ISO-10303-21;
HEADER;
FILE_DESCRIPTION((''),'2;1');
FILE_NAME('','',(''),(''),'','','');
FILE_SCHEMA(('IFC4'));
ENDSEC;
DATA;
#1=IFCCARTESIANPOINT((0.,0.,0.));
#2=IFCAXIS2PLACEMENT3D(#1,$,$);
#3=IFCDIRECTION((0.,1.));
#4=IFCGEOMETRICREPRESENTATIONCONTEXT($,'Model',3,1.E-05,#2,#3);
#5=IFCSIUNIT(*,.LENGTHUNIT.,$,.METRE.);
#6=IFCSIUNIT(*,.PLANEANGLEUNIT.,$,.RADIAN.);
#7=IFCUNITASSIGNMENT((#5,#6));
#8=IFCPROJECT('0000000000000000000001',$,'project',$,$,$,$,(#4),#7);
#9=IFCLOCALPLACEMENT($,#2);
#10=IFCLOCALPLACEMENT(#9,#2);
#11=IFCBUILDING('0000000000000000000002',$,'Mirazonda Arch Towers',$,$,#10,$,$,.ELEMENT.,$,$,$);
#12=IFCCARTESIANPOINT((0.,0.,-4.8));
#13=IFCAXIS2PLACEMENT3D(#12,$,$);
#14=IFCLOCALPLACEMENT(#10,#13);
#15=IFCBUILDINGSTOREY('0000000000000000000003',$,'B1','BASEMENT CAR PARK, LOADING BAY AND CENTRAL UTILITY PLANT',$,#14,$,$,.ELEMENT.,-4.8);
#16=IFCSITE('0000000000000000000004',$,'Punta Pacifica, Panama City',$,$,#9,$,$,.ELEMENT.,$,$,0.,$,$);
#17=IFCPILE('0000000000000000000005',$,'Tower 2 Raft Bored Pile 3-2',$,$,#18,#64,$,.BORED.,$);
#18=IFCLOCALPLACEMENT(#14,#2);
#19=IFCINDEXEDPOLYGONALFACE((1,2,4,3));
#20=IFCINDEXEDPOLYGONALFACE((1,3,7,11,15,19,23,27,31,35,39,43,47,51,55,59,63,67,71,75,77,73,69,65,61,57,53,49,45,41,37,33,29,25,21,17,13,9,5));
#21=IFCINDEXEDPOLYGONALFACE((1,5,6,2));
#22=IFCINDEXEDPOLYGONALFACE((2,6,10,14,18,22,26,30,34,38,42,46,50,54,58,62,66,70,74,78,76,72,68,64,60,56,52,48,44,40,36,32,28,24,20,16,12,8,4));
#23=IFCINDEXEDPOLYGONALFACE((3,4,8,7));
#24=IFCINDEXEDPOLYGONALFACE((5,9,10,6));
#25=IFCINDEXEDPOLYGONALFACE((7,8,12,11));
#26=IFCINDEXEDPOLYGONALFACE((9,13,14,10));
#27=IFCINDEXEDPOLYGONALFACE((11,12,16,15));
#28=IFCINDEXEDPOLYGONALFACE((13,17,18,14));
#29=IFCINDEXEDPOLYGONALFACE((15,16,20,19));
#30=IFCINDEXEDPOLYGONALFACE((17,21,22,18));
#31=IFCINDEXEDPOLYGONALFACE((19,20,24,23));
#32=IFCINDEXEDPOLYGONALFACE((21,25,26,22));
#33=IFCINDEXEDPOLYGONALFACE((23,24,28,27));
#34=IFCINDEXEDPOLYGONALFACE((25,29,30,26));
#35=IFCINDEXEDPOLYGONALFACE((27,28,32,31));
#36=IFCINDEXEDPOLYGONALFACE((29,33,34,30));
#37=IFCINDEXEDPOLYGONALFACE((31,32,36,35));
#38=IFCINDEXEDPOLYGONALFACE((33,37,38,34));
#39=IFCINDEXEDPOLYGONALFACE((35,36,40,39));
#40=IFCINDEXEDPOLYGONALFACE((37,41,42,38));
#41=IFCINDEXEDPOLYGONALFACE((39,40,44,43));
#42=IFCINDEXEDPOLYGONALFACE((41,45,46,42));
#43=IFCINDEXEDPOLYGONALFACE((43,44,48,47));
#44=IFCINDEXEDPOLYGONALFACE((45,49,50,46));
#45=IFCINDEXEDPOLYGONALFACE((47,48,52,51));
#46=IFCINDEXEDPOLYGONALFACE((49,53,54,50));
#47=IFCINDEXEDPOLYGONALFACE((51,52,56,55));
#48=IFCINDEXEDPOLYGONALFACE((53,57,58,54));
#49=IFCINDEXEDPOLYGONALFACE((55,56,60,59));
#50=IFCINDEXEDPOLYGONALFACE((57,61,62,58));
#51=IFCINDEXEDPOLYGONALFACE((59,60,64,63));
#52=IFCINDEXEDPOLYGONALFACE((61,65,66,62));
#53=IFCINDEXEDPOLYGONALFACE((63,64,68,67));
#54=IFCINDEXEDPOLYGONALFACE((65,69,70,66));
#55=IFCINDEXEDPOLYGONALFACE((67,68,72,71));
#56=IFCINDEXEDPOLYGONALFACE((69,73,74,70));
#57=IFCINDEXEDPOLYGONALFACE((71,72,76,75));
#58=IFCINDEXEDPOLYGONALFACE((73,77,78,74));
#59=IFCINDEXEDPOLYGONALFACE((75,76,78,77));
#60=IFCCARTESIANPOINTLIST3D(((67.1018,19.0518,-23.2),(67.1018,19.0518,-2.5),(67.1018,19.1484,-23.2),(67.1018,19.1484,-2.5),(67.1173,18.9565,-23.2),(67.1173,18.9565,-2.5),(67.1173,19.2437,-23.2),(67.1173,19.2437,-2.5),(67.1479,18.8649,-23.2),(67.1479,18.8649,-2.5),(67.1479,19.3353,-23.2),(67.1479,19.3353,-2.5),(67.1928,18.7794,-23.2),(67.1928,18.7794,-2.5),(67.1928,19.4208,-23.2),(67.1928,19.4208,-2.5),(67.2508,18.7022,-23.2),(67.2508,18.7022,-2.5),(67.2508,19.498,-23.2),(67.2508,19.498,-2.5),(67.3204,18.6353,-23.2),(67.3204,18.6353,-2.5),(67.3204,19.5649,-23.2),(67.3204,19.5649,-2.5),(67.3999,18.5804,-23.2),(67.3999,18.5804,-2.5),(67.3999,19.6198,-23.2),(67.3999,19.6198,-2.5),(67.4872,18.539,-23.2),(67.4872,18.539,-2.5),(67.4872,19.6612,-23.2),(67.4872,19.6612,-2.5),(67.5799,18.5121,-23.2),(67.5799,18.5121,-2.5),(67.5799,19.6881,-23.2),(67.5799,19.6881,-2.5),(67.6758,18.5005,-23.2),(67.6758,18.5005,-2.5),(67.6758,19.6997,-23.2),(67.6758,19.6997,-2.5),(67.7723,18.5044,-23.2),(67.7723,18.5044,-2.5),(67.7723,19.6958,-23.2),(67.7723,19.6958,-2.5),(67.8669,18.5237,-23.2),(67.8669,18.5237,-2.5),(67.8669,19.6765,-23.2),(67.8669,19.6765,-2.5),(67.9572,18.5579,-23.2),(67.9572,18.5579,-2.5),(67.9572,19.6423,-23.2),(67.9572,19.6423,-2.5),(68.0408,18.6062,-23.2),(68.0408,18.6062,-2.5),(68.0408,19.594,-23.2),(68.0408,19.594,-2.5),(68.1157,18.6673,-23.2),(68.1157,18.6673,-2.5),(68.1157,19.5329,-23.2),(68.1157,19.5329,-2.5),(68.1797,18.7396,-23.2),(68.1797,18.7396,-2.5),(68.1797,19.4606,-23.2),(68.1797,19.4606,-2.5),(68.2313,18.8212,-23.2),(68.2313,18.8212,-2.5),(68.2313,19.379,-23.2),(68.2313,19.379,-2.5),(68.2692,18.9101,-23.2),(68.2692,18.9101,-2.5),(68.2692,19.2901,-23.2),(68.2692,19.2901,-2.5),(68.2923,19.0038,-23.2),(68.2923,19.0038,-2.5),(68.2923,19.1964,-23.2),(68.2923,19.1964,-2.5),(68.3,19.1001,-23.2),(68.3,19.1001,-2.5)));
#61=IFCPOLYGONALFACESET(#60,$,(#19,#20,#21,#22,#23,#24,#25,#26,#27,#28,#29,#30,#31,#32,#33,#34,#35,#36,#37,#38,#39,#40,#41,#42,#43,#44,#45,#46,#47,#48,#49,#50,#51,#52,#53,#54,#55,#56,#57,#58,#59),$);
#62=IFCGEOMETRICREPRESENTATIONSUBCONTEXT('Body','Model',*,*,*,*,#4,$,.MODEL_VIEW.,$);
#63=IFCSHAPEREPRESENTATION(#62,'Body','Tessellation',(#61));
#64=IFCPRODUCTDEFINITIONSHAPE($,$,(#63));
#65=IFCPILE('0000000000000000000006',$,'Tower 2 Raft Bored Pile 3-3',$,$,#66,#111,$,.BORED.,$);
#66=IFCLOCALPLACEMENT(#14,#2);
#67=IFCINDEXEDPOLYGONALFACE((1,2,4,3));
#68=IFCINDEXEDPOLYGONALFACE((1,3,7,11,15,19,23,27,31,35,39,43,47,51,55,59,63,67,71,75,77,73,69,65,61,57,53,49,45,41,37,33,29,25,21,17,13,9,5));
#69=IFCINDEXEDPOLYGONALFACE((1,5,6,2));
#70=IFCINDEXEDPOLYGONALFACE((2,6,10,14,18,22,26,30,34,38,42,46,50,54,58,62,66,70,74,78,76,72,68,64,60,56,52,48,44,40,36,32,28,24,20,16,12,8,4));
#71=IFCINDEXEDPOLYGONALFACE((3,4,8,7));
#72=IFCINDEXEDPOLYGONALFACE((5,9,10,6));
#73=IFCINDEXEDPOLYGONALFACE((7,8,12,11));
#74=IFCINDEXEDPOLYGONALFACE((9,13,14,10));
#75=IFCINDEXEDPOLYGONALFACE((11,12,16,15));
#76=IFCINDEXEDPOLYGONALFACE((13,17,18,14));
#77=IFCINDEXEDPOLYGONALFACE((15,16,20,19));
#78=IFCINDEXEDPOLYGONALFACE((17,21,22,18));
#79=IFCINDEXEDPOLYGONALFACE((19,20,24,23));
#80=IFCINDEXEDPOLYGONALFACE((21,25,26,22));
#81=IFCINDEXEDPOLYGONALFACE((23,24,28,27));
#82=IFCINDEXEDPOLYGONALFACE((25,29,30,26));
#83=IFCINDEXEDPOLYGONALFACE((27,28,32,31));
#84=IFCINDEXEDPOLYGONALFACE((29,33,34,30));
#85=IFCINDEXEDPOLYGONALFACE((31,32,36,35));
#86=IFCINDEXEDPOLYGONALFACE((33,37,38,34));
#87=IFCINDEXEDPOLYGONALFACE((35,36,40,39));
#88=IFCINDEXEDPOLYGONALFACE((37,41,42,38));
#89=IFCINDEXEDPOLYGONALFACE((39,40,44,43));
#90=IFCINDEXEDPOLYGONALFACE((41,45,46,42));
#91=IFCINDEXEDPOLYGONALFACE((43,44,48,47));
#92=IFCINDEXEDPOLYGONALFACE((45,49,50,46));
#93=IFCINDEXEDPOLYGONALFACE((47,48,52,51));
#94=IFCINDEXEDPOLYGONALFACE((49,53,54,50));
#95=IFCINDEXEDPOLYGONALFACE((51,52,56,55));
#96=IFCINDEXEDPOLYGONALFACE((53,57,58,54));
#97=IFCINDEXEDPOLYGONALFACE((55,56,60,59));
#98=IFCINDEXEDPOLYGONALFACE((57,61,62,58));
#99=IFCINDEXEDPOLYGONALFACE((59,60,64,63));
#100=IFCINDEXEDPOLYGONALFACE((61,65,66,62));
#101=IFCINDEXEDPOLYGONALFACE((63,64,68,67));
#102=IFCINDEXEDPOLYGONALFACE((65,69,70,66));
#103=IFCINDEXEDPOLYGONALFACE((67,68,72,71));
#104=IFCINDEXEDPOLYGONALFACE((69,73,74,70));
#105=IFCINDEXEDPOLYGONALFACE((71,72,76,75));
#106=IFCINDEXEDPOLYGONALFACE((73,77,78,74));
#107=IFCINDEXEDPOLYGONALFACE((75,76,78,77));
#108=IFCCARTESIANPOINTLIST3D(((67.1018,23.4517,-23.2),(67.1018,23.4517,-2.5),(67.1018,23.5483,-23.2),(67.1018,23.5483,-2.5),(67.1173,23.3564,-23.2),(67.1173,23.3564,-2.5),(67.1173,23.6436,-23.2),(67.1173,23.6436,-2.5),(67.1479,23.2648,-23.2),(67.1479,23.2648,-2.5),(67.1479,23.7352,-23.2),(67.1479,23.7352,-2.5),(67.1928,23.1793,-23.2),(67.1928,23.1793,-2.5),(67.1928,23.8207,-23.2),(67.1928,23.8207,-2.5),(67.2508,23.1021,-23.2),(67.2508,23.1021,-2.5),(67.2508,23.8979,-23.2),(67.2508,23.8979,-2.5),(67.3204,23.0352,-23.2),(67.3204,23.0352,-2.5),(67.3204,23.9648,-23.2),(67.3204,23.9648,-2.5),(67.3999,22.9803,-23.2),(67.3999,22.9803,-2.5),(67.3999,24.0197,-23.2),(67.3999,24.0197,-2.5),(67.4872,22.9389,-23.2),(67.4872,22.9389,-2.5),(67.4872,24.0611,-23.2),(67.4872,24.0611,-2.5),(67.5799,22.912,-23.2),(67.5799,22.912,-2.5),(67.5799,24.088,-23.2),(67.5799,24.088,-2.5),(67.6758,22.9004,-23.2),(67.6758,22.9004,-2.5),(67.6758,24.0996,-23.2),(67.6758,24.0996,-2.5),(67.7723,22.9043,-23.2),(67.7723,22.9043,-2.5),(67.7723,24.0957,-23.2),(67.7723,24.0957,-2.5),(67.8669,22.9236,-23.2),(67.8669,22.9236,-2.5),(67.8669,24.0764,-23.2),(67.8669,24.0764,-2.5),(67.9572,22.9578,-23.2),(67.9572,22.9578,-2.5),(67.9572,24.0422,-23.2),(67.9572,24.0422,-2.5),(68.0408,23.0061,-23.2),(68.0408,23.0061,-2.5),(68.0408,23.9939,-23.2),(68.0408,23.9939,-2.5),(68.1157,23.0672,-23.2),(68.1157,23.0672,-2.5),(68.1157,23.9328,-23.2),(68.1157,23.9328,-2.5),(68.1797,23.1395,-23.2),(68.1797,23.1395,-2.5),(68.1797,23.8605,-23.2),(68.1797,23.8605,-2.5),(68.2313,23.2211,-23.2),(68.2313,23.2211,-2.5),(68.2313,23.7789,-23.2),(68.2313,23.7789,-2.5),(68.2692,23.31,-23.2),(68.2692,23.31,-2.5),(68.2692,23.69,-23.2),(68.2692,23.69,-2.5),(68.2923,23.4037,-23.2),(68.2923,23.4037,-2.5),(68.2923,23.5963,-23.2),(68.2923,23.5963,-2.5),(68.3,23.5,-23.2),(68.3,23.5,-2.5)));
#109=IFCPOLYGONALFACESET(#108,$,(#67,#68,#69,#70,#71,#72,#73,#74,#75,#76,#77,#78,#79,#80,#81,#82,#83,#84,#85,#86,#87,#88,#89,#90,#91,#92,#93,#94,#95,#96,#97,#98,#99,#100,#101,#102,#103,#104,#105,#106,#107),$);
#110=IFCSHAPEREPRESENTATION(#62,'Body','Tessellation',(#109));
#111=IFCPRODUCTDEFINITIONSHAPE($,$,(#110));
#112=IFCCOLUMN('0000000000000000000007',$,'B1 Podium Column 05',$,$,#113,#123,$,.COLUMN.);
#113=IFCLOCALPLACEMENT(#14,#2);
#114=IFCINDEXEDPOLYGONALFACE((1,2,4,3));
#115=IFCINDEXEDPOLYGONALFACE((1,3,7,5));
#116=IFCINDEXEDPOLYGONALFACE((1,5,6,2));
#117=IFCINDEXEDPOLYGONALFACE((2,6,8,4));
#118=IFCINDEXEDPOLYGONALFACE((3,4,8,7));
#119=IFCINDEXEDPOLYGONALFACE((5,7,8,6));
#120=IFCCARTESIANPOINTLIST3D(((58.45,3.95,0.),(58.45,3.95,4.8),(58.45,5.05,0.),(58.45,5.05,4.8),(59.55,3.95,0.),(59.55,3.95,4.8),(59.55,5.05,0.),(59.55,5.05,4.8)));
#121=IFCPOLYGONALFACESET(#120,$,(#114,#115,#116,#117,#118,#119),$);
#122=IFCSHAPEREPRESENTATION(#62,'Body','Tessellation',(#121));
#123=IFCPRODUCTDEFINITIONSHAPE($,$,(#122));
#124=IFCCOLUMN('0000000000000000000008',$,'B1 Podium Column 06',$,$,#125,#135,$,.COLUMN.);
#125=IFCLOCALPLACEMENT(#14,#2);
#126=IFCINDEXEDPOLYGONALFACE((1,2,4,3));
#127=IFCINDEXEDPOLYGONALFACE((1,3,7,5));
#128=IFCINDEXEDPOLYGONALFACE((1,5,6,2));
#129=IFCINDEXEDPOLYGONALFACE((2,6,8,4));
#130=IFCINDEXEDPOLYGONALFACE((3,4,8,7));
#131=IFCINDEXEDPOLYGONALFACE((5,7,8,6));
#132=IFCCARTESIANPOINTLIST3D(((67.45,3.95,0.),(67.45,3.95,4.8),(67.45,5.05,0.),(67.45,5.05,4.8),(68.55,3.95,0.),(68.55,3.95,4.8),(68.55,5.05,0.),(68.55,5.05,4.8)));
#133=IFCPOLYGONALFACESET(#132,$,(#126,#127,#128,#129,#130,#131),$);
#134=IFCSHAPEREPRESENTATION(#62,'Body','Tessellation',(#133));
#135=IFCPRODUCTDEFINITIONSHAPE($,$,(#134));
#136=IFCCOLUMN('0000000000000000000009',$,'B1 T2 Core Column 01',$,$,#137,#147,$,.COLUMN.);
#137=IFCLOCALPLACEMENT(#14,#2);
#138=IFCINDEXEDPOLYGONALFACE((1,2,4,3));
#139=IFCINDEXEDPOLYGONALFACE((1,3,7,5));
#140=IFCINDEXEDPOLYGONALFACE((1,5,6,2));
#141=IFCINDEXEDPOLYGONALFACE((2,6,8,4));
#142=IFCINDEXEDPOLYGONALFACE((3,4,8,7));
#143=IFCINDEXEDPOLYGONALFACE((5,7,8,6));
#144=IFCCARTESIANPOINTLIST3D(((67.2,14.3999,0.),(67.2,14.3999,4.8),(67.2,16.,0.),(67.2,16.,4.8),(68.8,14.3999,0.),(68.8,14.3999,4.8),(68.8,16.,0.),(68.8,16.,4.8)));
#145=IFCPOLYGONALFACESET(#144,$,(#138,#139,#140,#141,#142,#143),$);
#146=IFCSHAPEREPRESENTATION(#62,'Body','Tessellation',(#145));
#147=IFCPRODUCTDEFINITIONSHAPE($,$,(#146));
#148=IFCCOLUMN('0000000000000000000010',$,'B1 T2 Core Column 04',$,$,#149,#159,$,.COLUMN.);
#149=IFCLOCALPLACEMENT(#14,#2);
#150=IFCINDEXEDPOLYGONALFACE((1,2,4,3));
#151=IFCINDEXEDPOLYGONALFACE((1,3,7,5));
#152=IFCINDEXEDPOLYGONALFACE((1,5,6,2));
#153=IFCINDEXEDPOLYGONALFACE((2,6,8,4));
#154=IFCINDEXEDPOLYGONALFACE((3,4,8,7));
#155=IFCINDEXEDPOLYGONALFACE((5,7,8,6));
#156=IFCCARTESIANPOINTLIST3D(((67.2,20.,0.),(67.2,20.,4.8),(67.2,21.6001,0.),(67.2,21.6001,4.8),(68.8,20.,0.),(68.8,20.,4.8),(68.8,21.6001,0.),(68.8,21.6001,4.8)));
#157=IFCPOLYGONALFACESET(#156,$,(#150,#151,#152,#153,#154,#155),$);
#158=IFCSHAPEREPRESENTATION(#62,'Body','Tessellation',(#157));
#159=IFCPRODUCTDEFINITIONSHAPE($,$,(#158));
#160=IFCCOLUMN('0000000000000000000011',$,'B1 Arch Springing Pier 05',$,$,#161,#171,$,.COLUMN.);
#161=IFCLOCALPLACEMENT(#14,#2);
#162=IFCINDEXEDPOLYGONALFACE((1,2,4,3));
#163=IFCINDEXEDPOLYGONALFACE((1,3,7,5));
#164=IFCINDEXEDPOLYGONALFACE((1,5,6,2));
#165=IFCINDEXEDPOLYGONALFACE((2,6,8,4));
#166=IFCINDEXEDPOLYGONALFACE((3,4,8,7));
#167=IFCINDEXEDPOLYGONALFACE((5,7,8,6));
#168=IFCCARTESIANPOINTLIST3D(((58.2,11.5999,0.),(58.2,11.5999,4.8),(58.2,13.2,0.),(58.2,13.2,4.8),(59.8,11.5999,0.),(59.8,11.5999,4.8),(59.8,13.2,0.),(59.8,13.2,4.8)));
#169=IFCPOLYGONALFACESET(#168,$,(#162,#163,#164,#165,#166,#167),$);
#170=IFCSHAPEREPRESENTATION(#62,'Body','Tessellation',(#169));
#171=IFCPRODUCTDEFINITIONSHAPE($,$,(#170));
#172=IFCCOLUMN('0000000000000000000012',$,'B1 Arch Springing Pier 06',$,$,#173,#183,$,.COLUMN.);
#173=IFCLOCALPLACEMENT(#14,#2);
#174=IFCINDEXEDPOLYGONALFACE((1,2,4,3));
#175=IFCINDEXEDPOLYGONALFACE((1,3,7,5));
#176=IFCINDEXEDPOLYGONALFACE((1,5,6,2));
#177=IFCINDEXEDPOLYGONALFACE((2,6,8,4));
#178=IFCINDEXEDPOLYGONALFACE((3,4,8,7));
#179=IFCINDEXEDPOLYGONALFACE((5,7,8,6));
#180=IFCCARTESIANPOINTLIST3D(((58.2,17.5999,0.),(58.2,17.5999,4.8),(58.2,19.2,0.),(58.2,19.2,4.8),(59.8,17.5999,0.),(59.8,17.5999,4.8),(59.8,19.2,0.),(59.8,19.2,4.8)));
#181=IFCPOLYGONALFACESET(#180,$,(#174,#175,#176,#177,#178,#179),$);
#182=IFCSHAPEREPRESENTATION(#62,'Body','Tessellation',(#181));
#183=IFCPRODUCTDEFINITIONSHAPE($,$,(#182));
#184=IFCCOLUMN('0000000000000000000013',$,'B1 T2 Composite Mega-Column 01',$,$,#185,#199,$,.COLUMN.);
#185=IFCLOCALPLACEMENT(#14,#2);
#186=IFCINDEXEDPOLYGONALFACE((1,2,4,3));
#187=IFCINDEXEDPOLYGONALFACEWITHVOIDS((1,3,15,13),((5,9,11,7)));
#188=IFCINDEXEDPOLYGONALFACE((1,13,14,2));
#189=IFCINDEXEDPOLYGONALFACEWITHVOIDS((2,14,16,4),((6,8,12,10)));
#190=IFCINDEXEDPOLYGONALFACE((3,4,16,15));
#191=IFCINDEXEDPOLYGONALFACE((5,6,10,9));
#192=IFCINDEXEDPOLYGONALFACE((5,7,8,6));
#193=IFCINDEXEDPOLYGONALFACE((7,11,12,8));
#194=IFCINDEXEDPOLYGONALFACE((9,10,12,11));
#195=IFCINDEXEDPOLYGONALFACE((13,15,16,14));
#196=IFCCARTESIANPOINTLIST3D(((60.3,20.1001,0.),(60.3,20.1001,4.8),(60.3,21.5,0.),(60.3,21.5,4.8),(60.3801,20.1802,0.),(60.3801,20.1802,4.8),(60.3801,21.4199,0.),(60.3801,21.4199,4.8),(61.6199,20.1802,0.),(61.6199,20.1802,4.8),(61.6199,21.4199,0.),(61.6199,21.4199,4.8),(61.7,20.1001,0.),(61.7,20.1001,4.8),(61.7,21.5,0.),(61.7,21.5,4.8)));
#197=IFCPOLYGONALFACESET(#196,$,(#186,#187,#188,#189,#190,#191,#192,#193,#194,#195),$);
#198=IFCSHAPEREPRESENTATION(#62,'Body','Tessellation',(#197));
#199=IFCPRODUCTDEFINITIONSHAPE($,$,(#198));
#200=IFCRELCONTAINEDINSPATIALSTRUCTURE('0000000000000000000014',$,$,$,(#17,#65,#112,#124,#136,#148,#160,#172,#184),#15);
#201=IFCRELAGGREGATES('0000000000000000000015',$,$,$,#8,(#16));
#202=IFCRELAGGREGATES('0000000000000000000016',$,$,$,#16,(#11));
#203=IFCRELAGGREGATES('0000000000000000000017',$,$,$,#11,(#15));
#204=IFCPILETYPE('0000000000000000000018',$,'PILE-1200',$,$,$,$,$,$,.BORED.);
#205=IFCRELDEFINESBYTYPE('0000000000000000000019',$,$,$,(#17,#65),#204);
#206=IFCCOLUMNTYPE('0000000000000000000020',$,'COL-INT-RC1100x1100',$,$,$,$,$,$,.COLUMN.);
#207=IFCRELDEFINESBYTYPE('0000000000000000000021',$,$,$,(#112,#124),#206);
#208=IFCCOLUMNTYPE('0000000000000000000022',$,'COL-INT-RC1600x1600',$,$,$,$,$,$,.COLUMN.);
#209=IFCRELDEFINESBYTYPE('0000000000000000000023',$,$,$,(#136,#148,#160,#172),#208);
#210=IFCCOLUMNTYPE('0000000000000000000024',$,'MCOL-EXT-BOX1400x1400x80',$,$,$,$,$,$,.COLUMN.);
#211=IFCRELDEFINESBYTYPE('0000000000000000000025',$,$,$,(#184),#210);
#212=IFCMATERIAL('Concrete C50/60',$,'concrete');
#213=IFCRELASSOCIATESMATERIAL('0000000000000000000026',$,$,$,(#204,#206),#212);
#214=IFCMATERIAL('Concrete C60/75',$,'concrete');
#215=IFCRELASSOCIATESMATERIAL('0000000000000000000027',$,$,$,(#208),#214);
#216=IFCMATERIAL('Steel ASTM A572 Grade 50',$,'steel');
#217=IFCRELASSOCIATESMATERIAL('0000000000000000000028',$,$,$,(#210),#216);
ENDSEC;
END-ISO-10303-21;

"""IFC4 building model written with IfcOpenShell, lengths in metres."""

from ifc_helpers import new_model, si_unit, direction, frame, origin, origin_2d, place, context, subcontext, project, spatial, rectangle, hollow_rectangle, circle, extrude, material, material_profile, profile_set, type_object, element, save


model = new_model("IFC4")

# Units and contexts
model_context = context("Model", 3, precision=1e-05, world=origin(), true_north=direction((0.0, 1.0)))
body_context = subcontext(model_context, "Body", "Model", "MODEL_VIEW")
ifc_project = project(units=[si_unit("LENGTHUNIT", "METRE"), si_unit("PLANEANGLEUNIT", "RADIAN")], contexts=[model_context])

# Site, building, storey
site_placement = place(None, origin())
site = spatial("IfcSite", under=ifc_project, at=site_placement, Name="Punta Pacifica, Panama City", CompositionType="ELEMENT", RefElevation=0.0)
building_placement = place(site_placement, origin())
building = spatial("IfcBuilding", under=site, at=building_placement, Name="Mirazonda Arch Towers", CompositionType="ELEMENT")
storey_placement = place(building_placement, frame((0.0, 0.0, -4.8)))
storey = spatial("IfcBuildingStorey", under=building, at=storey_placement, Name="B1", Description="BASEMENT CAR PARK, LOADING BAY AND CENTRAL UTILITY PLANT", CompositionType="ELEMENT", Elevation=-4.8)

# Piles
ifc_material_1 = material(Name="Concrete C50/60", Category="concrete")
ifc_material_profile_1 = material_profile(ifc_material_1, circle(Radius=0.6001, at=origin_2d()), Name="BORED-D1200")
ifc_profile_set_1 = profile_set([ifc_material_profile_1], Name="Concrete C50/60")
pile_type_1 = type_object("IfcPileType", Name="PILE-1200", PredefinedType="BORED", material=ifc_profile_set_1)
for number, where, z_axis, x_axis, name in (
    (1, (67.7, 19.1001, -2.5), (0.0, 0.0, -1.0), (1.0, 0.0, 0.0), "Tower 2 Raft Bored Pile 3-2"),
    (2, (67.7, 23.5, -2.5), (0.0, 0.0, -1.0), (1.0, 0.0, 0.0), "Tower 2 Raft Bored Pile 3-3"),
):
    element("IfcPile", number, at=place(storey_placement, frame(where, z_axis=z_axis, x_axis=x_axis)), inside=storey, type_object=pile_type_1, Name=name, PredefinedType="BORED", context=body_context, shape_type="SweptSolid", body=[
        extrude(circle(Radius=0.6001, at=origin_2d()), origin(), (0.0, 0.0, 1.0), 20.7),
    ])

# Columns
ifc_material_profile_2 = material_profile(ifc_material_1, rectangle(XDim=1.1001, YDim=1.1001, at=origin_2d()), Name="RC1100x1100")
ifc_profile_set_2 = profile_set([ifc_material_profile_2], Name="Concrete C50/60")
column_type_1 = type_object("IfcColumnType", Name="COL-INT-RC1100x1100", PredefinedType="COLUMN", material=ifc_profile_set_2)
for number, where, z_axis, x_axis, name in (
    (3, (59.0, 4.5, 0.0), (0.0, 0.0, 1.0), (1.0, 0.0, 0.0), "B1 Podium Column 05"),
    (4, (68.0, 4.5, 0.0), (0.0, 0.0, 1.0), (1.0, 0.0, 0.0), "B1 Podium Column 06"),
):
    element("IfcColumn", number, at=place(storey_placement, frame(where, z_axis=z_axis, x_axis=x_axis)), inside=storey, type_object=column_type_1, Name=name, PredefinedType="COLUMN", context=body_context, shape_type="SweptSolid", body=[
        extrude(rectangle(XDim=1.1001, YDim=1.1001, at=origin_2d()), origin(), (0.0, 0.0, 1.0), 4.8),
    ])
ifc_material_2 = material(Name="Concrete C60/75", Category="concrete")
ifc_material_profile_3 = material_profile(ifc_material_2, rectangle(XDim=1.6001, YDim=1.6001, at=origin_2d()), Name="RC1600x1600")
ifc_profile_set_3 = profile_set([ifc_material_profile_3], Name="Concrete C60/75")
column_type_2 = type_object("IfcColumnType", Name="COL-INT-RC1600x1600", PredefinedType="COLUMN", material=ifc_profile_set_3)
for number, where, z_axis, x_axis, name in (
    (5, (68.0, 15.2, 0.0), (0.0, 0.0, 1.0), (1.0, 0.0, 0.0), "B1 T2 Core Column 01"),
    (6, (68.0, 20.8, 0.0), (0.0, 0.0, 1.0), (1.0, 0.0, 0.0), "B1 T2 Core Column 04"),
    (7, (59.0, 12.3999, 0.0), (0.0, 0.0, 1.0), (1.0, 0.0, 0.0), "B1 Arch Springing Pier 05"),
    (8, (59.0, 18.3999, 0.0), (0.0, 0.0, 1.0), (1.0, 0.0, 0.0), "B1 Arch Springing Pier 06"),
):
    element("IfcColumn", number, at=place(storey_placement, frame(where, z_axis=z_axis, x_axis=x_axis)), inside=storey, type_object=column_type_2, Name=name, PredefinedType="COLUMN", context=body_context, shape_type="SweptSolid", body=[
        extrude(rectangle(XDim=1.6001, YDim=1.6001, at=origin_2d()), origin(), (0.0, 0.0, 1.0), 4.8),
    ])
ifc_material_3 = material(Name="Steel ASTM A572 Grade 50", Category="steel")
ifc_material_profile_4 = material_profile(ifc_material_3, hollow_rectangle(XDim=1.3999, YDim=1.3999, WallThickness=0.0801, at=origin_2d()), Name="BOX1400x1400x80")
ifc_profile_set_4 = profile_set([ifc_material_profile_4], Name="Steel ASTM A572 Grade 50")
column_type_3 = type_object("IfcColumnType", Name="MCOL-EXT-BOX1400x1400x80", PredefinedType="COLUMN", material=ifc_profile_set_4)
column_1_placement = place(storey_placement, frame((61.0, 20.8, 0.0), z_axis=(0.0, 0.0, 1.0), x_axis=(1.0, 0.0, 0.0)))
element("IfcColumn", 9, at=column_1_placement, inside=storey, type_object=column_type_3, Name="B1 T2 Composite Mega-Column 01", PredefinedType="COLUMN", context=body_context, shape_type="SweptSolid", body=[
    extrude(hollow_rectangle(XDim=1.3999, YDim=1.3999, WallThickness=0.0801, at=origin_2d()), origin(), (0.0, 0.0, 1.0), 4.8),
])

save(model, "model.ifc")
